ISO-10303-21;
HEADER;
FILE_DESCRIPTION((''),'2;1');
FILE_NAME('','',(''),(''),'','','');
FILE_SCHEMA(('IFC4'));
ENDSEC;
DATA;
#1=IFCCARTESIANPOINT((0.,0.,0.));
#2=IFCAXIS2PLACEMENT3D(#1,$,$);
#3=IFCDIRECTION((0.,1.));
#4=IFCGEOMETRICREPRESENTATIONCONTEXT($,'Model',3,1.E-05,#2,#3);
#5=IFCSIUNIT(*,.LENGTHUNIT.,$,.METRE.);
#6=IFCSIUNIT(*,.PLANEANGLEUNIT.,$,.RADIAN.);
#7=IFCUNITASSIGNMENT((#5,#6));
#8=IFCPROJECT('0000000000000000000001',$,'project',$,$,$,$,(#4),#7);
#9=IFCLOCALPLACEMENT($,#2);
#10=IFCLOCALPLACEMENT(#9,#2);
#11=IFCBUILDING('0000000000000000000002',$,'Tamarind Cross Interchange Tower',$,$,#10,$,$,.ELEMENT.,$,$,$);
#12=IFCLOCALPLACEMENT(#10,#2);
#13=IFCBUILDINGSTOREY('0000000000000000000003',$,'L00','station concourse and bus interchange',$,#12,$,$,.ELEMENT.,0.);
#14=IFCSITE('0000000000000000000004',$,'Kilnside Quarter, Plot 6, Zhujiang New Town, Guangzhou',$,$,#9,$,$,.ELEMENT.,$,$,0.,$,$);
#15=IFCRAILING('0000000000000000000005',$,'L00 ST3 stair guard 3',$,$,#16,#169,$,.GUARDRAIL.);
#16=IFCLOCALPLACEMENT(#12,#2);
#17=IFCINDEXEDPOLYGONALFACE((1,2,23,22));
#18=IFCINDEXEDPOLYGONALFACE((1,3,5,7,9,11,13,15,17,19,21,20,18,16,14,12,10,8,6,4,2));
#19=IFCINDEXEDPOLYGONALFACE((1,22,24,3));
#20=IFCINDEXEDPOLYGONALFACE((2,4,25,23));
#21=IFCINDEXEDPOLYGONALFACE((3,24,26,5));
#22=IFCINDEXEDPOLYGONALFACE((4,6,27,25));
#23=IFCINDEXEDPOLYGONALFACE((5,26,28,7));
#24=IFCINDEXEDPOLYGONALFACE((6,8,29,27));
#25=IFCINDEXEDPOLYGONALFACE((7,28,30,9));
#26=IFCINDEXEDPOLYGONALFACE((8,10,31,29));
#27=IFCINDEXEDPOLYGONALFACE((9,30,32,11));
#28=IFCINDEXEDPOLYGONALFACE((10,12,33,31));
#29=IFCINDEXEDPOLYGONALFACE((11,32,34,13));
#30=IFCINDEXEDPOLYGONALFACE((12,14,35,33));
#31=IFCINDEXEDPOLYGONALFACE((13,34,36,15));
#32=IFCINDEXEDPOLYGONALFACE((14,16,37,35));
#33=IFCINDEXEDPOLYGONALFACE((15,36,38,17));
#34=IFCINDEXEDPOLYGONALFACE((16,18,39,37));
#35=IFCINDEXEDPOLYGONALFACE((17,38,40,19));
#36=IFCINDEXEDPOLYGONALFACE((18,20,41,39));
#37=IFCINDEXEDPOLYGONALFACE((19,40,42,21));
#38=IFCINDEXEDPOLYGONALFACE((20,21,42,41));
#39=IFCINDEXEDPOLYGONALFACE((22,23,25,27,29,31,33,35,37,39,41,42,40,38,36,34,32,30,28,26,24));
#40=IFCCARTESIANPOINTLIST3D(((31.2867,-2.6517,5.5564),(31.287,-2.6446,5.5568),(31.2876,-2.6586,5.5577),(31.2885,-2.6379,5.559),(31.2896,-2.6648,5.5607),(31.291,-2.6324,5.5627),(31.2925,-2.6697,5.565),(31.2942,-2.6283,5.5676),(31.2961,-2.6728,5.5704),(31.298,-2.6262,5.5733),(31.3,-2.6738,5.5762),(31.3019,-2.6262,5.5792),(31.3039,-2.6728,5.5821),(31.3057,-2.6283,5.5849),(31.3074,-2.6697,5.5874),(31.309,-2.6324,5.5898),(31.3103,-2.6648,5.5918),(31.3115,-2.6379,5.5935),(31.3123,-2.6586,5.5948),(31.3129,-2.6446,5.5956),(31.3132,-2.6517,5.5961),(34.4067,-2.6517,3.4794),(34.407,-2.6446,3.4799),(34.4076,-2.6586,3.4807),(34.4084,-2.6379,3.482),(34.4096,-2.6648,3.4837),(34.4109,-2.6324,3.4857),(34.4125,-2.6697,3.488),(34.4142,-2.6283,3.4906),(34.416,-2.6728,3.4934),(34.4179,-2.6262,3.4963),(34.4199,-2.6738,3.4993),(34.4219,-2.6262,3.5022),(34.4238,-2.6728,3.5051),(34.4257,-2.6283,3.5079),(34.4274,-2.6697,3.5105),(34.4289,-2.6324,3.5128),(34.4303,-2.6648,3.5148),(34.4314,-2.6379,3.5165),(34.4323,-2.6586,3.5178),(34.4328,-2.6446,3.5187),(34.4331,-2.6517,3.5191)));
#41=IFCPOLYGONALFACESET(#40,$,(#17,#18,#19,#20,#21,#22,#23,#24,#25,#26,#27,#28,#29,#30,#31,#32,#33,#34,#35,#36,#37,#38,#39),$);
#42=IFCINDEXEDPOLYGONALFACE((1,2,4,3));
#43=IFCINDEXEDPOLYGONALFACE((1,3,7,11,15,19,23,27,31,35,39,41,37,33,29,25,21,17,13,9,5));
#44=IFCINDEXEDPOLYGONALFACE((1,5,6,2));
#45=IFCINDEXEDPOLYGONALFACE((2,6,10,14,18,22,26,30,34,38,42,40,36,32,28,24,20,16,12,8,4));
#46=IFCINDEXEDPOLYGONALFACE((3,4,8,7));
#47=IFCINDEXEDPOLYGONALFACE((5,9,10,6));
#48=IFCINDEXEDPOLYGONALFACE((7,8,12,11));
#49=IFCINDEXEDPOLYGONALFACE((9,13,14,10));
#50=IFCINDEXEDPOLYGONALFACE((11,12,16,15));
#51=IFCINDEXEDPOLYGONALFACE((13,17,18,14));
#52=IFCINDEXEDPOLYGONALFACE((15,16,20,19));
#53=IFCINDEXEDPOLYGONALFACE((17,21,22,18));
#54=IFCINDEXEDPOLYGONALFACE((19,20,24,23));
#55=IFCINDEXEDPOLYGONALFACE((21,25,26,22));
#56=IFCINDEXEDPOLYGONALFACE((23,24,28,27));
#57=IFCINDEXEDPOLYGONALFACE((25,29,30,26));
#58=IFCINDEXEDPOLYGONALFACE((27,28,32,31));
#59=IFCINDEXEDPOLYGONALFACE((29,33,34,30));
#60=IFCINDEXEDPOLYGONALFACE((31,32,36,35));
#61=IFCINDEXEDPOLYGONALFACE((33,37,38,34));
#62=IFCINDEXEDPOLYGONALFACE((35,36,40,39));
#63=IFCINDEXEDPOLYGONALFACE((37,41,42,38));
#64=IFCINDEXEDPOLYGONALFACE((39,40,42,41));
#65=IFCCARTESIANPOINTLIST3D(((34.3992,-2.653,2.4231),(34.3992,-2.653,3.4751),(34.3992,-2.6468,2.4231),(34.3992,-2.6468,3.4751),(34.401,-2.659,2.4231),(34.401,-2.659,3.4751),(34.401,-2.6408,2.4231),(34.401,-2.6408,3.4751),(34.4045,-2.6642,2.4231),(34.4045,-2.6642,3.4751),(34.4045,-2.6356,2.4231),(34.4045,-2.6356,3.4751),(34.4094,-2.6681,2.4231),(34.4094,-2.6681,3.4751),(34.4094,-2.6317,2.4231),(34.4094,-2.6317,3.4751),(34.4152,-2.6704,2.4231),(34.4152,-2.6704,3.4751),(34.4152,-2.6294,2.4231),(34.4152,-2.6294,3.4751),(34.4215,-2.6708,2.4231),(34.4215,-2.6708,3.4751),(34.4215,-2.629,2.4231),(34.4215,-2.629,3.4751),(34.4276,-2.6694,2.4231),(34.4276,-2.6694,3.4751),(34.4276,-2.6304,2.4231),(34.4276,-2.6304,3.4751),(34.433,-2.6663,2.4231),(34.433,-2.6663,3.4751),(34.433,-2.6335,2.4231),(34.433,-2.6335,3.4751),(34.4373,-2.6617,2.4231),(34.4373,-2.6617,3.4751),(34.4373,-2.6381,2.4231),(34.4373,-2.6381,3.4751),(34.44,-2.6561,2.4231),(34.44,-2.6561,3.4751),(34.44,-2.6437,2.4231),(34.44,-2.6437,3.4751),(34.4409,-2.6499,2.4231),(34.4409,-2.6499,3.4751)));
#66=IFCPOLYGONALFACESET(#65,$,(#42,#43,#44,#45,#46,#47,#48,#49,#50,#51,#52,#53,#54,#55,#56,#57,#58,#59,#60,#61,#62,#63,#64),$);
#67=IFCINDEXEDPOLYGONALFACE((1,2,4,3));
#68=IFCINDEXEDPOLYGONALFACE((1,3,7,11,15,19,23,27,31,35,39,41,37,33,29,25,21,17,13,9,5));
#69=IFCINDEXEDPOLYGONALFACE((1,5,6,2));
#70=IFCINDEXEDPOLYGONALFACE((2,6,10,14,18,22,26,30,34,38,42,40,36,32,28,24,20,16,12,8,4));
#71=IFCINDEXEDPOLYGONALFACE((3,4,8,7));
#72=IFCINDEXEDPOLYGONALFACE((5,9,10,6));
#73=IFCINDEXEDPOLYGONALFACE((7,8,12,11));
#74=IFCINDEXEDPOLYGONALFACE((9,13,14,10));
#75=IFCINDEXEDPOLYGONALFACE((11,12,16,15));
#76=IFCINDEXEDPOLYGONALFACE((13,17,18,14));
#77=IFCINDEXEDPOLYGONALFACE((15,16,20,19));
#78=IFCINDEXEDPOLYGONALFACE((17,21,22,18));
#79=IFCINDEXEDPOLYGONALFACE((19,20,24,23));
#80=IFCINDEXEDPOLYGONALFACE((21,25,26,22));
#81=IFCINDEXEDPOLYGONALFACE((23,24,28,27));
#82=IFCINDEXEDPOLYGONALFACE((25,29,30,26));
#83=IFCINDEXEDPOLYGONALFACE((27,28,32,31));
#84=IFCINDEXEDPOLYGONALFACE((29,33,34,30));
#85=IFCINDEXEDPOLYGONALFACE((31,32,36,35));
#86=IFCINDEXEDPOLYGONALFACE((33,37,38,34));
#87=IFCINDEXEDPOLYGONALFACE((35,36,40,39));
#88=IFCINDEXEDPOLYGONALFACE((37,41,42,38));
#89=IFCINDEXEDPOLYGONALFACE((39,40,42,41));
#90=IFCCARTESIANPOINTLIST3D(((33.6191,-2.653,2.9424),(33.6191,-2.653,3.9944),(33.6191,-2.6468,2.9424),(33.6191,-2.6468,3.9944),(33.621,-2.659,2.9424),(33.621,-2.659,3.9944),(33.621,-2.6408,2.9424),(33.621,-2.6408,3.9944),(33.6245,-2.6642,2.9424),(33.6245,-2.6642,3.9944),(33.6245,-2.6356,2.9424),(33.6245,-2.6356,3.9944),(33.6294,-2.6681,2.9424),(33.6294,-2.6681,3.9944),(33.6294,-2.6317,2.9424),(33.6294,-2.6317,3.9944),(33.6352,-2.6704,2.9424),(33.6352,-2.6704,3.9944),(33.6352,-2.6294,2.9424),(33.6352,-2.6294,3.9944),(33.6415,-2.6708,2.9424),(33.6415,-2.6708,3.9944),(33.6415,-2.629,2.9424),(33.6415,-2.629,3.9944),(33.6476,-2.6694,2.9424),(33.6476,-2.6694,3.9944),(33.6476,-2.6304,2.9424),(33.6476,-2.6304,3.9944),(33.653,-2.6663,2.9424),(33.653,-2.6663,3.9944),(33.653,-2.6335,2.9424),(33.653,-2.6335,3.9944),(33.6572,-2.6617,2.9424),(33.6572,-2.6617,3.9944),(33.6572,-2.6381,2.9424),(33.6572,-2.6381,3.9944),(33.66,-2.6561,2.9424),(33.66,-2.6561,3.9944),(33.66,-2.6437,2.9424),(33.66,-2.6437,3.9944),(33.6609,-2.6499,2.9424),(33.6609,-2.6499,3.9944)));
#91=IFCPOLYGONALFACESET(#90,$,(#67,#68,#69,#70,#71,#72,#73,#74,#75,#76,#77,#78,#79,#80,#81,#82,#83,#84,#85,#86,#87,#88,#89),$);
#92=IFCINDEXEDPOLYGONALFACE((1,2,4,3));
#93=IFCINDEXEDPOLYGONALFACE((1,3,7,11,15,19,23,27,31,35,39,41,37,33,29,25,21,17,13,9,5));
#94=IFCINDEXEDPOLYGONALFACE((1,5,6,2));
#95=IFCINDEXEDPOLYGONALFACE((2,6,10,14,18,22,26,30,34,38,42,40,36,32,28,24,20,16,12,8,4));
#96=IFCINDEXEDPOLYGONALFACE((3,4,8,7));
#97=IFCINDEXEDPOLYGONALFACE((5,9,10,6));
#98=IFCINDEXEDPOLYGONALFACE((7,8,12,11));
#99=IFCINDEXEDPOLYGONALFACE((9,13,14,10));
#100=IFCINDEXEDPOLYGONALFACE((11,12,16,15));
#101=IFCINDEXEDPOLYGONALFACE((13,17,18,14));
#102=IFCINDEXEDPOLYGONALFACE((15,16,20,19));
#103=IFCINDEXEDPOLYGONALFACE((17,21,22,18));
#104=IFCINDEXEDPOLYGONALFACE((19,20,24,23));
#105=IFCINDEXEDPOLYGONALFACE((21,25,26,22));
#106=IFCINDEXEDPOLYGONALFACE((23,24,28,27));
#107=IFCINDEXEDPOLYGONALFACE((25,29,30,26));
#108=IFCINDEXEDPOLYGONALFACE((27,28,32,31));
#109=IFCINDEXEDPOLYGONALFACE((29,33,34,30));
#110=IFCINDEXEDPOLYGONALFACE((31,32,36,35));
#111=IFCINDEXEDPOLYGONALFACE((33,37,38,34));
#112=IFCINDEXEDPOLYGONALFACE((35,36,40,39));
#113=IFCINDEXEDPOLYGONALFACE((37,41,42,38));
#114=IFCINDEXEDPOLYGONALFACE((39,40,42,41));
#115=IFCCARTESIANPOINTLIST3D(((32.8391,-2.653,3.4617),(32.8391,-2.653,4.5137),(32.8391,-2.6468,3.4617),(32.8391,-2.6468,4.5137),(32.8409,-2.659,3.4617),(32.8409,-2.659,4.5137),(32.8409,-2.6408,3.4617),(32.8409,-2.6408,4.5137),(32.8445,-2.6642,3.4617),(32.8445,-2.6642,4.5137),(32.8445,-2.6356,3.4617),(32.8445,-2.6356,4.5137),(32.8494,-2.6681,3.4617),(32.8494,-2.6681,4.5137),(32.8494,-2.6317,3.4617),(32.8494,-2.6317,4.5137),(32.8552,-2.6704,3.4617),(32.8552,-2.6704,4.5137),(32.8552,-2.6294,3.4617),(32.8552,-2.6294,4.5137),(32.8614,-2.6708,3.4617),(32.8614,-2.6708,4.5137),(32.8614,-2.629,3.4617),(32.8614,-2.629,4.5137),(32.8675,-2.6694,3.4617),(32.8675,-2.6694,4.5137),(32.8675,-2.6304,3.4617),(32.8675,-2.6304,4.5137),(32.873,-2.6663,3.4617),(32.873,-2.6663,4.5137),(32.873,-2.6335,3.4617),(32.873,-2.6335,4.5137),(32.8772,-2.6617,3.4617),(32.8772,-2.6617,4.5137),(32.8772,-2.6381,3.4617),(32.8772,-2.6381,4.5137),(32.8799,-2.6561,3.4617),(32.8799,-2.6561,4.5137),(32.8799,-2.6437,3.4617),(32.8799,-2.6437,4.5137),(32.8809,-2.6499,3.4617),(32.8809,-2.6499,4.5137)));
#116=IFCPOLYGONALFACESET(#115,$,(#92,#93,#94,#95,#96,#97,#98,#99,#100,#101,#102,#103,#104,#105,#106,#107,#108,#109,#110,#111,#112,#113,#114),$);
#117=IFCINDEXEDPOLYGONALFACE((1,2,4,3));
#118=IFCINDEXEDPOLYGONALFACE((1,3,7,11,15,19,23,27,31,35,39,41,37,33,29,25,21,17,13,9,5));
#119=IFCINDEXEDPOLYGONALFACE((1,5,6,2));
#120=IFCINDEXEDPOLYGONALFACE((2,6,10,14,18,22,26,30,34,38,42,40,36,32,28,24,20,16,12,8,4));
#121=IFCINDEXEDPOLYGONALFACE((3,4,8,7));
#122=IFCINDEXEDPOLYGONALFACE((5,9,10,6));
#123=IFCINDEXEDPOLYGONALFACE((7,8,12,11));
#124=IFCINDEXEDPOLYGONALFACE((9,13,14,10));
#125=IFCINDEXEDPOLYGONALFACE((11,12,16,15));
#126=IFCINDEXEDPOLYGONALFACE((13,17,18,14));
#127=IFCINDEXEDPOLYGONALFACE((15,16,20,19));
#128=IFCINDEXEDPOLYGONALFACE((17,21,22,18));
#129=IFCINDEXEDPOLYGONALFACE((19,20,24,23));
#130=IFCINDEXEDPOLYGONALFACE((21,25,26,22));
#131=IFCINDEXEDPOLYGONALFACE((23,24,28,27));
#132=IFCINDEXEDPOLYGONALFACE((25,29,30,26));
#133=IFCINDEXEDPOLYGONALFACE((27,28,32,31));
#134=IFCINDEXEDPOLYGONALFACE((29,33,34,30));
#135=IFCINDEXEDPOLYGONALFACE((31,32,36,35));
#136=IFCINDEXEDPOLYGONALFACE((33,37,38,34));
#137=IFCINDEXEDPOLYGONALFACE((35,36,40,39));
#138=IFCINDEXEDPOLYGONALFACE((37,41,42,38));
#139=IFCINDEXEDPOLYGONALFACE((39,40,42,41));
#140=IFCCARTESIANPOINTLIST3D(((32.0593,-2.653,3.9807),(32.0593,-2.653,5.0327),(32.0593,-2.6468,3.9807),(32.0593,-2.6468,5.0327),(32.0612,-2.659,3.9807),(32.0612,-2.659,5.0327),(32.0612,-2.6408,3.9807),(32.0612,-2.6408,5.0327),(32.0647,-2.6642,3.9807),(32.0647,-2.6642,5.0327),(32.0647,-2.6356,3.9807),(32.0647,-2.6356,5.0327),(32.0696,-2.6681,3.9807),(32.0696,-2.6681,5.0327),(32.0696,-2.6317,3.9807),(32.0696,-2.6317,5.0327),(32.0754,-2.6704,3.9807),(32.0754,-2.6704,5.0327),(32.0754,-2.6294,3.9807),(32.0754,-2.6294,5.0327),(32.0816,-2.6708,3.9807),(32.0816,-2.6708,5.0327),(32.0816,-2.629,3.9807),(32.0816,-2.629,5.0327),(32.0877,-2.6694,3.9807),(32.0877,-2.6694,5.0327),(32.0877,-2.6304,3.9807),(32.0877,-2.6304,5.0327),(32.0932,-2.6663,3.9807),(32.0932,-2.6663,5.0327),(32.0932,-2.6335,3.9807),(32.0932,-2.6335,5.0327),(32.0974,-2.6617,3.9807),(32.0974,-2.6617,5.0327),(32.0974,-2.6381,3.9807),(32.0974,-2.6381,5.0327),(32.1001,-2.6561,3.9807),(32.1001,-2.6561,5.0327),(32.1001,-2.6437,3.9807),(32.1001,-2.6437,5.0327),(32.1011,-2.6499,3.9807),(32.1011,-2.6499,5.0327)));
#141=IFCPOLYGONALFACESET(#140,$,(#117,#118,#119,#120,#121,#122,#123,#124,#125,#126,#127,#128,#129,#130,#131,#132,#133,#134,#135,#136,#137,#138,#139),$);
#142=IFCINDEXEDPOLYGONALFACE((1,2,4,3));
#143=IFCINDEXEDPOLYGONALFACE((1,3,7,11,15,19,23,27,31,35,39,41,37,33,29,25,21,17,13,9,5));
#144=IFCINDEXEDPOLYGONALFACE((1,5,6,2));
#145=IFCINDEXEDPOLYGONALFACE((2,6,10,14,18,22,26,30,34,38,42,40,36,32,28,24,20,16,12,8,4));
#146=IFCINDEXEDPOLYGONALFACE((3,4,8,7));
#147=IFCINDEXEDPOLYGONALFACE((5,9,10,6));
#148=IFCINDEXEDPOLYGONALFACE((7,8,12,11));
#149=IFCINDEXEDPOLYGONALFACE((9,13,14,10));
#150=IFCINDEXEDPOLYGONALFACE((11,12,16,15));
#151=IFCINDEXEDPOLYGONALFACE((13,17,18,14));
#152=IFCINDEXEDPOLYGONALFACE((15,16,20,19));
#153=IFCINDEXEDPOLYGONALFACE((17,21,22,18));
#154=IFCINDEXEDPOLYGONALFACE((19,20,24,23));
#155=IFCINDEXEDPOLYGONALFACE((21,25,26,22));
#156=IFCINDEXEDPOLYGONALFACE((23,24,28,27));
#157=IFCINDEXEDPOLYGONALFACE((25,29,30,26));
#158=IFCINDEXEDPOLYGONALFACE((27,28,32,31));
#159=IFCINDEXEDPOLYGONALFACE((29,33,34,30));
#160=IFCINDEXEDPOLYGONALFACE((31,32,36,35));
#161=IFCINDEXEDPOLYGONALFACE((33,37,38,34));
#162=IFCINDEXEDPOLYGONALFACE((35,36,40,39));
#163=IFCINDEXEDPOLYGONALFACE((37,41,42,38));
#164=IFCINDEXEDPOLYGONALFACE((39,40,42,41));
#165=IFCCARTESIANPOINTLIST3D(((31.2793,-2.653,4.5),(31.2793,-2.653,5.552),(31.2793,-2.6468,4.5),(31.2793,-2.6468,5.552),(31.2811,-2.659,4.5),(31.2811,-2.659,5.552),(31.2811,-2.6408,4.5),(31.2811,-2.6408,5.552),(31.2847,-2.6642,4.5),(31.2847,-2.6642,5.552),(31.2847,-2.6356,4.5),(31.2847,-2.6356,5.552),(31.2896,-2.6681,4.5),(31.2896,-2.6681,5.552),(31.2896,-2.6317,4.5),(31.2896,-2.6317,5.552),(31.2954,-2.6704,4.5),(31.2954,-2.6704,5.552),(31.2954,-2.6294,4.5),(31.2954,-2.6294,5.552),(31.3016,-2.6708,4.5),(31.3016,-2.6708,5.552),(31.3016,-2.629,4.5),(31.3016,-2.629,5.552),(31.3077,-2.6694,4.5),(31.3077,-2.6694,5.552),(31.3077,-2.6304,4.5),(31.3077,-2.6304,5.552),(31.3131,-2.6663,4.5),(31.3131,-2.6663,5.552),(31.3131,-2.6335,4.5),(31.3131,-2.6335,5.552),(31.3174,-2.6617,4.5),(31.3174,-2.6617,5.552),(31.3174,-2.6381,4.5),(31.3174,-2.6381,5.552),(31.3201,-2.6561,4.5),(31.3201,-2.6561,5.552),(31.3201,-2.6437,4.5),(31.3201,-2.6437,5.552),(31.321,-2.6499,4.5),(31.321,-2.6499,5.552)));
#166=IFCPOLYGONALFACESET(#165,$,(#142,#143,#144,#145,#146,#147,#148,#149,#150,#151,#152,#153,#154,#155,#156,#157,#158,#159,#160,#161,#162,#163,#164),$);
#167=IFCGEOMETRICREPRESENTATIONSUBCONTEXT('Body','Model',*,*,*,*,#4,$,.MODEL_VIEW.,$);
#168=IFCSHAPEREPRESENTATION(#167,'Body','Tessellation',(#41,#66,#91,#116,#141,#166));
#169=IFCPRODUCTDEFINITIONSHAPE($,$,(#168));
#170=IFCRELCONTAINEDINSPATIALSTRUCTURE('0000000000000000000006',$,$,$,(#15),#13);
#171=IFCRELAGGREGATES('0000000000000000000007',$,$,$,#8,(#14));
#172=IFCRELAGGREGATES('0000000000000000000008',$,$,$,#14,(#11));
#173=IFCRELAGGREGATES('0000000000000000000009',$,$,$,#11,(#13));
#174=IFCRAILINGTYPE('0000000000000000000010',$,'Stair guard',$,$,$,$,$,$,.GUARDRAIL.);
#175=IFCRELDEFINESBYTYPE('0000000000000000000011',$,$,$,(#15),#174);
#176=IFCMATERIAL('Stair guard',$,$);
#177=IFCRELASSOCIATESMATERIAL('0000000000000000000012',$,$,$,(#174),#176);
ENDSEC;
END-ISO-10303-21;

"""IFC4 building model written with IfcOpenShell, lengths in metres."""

from ifc_helpers import new_model, si_unit, direction, frame, origin, origin_2d, place, context, subcontext, project, spatial, circle, extrude, material, type_object, element, save


model = new_model("IFC4")

# Units and contexts
model_context = context("Model", 3, precision=1e-05, world=origin(), true_north=direction((0.0, 1.0)))
body_context = subcontext(model_context, "Body", "Model", "MODEL_VIEW")
ifc_project = project(units=[si_unit("LENGTHUNIT", "METRE"), si_unit("PLANEANGLEUNIT", "RADIAN")], contexts=[model_context])

# Site, building, storey
site_placement = place(None, origin())
site = spatial("IfcSite", under=ifc_project, at=site_placement, Name="Kilnside Quarter, Plot 6, Zhujiang New Town, Guangzhou", CompositionType="ELEMENT", RefElevation=0.0)
building_placement = place(site_placement, origin())
building = spatial("IfcBuilding", under=site, at=building_placement, Name="Tamarind Cross Interchange Tower", CompositionType="ELEMENT")
storey_placement = place(building_placement, origin())
storey = spatial("IfcBuildingStorey", under=building, at=storey_placement, Name="L00", Description="station concourse and bus interchange", CompositionType="ELEMENT", Elevation=0.0)

# Railing
ifc_material_1 = material(Name="Stair guard")
railing_type_1 = type_object("IfcRailingType", Name="Stair guard", PredefinedType="GUARDRAIL", material=ifc_material_1)
railing_1_placement = place(storey_placement, frame((34.4199, -2.6499, 2.4231)))
element("IfcRailing", 1, at=railing_1_placement, inside=storey, type_object=railing_type_1, Name="L00 ST3 stair guard 3", PredefinedType="GUARDRAIL", context=body_context, shape_type="SweptSolid", body=[
    extrude(circle(Radius=0.0239, at=origin_2d()), frame((0.0, 0.0, 1.0762), z_axis=(-0.832421, 0.0, 0.554144), x_axis=(0.0, -1.0, 0.0)), (0.0, 0.0, 1.0), 3.748),
    extrude(circle(Radius=0.021, at=origin_2d()), origin(), (0.0, 0.0, 1.0), 1.052),
    extrude(circle(Radius=0.021, at=origin_2d()), frame((-0.78, 0.0, 0.5193)), (0.0, 0.0, 1.0), 1.052),
    extrude(circle(Radius=0.021, at=origin_2d()), frame((-1.5601, 0.0, 1.0386)), (0.0, 0.0, 1.0), 1.052),
    extrude(circle(Radius=0.021, at=origin_2d()), frame((-2.3398, 0.0, 1.5576)), (0.0, 0.0, 1.0), 1.052),
    extrude(circle(Radius=0.021, at=origin_2d()), frame((-3.1199, 0.0, 2.0769)), (0.0, 0.0, 1.0), 1.052),
])

save(model, "model.ifc")
